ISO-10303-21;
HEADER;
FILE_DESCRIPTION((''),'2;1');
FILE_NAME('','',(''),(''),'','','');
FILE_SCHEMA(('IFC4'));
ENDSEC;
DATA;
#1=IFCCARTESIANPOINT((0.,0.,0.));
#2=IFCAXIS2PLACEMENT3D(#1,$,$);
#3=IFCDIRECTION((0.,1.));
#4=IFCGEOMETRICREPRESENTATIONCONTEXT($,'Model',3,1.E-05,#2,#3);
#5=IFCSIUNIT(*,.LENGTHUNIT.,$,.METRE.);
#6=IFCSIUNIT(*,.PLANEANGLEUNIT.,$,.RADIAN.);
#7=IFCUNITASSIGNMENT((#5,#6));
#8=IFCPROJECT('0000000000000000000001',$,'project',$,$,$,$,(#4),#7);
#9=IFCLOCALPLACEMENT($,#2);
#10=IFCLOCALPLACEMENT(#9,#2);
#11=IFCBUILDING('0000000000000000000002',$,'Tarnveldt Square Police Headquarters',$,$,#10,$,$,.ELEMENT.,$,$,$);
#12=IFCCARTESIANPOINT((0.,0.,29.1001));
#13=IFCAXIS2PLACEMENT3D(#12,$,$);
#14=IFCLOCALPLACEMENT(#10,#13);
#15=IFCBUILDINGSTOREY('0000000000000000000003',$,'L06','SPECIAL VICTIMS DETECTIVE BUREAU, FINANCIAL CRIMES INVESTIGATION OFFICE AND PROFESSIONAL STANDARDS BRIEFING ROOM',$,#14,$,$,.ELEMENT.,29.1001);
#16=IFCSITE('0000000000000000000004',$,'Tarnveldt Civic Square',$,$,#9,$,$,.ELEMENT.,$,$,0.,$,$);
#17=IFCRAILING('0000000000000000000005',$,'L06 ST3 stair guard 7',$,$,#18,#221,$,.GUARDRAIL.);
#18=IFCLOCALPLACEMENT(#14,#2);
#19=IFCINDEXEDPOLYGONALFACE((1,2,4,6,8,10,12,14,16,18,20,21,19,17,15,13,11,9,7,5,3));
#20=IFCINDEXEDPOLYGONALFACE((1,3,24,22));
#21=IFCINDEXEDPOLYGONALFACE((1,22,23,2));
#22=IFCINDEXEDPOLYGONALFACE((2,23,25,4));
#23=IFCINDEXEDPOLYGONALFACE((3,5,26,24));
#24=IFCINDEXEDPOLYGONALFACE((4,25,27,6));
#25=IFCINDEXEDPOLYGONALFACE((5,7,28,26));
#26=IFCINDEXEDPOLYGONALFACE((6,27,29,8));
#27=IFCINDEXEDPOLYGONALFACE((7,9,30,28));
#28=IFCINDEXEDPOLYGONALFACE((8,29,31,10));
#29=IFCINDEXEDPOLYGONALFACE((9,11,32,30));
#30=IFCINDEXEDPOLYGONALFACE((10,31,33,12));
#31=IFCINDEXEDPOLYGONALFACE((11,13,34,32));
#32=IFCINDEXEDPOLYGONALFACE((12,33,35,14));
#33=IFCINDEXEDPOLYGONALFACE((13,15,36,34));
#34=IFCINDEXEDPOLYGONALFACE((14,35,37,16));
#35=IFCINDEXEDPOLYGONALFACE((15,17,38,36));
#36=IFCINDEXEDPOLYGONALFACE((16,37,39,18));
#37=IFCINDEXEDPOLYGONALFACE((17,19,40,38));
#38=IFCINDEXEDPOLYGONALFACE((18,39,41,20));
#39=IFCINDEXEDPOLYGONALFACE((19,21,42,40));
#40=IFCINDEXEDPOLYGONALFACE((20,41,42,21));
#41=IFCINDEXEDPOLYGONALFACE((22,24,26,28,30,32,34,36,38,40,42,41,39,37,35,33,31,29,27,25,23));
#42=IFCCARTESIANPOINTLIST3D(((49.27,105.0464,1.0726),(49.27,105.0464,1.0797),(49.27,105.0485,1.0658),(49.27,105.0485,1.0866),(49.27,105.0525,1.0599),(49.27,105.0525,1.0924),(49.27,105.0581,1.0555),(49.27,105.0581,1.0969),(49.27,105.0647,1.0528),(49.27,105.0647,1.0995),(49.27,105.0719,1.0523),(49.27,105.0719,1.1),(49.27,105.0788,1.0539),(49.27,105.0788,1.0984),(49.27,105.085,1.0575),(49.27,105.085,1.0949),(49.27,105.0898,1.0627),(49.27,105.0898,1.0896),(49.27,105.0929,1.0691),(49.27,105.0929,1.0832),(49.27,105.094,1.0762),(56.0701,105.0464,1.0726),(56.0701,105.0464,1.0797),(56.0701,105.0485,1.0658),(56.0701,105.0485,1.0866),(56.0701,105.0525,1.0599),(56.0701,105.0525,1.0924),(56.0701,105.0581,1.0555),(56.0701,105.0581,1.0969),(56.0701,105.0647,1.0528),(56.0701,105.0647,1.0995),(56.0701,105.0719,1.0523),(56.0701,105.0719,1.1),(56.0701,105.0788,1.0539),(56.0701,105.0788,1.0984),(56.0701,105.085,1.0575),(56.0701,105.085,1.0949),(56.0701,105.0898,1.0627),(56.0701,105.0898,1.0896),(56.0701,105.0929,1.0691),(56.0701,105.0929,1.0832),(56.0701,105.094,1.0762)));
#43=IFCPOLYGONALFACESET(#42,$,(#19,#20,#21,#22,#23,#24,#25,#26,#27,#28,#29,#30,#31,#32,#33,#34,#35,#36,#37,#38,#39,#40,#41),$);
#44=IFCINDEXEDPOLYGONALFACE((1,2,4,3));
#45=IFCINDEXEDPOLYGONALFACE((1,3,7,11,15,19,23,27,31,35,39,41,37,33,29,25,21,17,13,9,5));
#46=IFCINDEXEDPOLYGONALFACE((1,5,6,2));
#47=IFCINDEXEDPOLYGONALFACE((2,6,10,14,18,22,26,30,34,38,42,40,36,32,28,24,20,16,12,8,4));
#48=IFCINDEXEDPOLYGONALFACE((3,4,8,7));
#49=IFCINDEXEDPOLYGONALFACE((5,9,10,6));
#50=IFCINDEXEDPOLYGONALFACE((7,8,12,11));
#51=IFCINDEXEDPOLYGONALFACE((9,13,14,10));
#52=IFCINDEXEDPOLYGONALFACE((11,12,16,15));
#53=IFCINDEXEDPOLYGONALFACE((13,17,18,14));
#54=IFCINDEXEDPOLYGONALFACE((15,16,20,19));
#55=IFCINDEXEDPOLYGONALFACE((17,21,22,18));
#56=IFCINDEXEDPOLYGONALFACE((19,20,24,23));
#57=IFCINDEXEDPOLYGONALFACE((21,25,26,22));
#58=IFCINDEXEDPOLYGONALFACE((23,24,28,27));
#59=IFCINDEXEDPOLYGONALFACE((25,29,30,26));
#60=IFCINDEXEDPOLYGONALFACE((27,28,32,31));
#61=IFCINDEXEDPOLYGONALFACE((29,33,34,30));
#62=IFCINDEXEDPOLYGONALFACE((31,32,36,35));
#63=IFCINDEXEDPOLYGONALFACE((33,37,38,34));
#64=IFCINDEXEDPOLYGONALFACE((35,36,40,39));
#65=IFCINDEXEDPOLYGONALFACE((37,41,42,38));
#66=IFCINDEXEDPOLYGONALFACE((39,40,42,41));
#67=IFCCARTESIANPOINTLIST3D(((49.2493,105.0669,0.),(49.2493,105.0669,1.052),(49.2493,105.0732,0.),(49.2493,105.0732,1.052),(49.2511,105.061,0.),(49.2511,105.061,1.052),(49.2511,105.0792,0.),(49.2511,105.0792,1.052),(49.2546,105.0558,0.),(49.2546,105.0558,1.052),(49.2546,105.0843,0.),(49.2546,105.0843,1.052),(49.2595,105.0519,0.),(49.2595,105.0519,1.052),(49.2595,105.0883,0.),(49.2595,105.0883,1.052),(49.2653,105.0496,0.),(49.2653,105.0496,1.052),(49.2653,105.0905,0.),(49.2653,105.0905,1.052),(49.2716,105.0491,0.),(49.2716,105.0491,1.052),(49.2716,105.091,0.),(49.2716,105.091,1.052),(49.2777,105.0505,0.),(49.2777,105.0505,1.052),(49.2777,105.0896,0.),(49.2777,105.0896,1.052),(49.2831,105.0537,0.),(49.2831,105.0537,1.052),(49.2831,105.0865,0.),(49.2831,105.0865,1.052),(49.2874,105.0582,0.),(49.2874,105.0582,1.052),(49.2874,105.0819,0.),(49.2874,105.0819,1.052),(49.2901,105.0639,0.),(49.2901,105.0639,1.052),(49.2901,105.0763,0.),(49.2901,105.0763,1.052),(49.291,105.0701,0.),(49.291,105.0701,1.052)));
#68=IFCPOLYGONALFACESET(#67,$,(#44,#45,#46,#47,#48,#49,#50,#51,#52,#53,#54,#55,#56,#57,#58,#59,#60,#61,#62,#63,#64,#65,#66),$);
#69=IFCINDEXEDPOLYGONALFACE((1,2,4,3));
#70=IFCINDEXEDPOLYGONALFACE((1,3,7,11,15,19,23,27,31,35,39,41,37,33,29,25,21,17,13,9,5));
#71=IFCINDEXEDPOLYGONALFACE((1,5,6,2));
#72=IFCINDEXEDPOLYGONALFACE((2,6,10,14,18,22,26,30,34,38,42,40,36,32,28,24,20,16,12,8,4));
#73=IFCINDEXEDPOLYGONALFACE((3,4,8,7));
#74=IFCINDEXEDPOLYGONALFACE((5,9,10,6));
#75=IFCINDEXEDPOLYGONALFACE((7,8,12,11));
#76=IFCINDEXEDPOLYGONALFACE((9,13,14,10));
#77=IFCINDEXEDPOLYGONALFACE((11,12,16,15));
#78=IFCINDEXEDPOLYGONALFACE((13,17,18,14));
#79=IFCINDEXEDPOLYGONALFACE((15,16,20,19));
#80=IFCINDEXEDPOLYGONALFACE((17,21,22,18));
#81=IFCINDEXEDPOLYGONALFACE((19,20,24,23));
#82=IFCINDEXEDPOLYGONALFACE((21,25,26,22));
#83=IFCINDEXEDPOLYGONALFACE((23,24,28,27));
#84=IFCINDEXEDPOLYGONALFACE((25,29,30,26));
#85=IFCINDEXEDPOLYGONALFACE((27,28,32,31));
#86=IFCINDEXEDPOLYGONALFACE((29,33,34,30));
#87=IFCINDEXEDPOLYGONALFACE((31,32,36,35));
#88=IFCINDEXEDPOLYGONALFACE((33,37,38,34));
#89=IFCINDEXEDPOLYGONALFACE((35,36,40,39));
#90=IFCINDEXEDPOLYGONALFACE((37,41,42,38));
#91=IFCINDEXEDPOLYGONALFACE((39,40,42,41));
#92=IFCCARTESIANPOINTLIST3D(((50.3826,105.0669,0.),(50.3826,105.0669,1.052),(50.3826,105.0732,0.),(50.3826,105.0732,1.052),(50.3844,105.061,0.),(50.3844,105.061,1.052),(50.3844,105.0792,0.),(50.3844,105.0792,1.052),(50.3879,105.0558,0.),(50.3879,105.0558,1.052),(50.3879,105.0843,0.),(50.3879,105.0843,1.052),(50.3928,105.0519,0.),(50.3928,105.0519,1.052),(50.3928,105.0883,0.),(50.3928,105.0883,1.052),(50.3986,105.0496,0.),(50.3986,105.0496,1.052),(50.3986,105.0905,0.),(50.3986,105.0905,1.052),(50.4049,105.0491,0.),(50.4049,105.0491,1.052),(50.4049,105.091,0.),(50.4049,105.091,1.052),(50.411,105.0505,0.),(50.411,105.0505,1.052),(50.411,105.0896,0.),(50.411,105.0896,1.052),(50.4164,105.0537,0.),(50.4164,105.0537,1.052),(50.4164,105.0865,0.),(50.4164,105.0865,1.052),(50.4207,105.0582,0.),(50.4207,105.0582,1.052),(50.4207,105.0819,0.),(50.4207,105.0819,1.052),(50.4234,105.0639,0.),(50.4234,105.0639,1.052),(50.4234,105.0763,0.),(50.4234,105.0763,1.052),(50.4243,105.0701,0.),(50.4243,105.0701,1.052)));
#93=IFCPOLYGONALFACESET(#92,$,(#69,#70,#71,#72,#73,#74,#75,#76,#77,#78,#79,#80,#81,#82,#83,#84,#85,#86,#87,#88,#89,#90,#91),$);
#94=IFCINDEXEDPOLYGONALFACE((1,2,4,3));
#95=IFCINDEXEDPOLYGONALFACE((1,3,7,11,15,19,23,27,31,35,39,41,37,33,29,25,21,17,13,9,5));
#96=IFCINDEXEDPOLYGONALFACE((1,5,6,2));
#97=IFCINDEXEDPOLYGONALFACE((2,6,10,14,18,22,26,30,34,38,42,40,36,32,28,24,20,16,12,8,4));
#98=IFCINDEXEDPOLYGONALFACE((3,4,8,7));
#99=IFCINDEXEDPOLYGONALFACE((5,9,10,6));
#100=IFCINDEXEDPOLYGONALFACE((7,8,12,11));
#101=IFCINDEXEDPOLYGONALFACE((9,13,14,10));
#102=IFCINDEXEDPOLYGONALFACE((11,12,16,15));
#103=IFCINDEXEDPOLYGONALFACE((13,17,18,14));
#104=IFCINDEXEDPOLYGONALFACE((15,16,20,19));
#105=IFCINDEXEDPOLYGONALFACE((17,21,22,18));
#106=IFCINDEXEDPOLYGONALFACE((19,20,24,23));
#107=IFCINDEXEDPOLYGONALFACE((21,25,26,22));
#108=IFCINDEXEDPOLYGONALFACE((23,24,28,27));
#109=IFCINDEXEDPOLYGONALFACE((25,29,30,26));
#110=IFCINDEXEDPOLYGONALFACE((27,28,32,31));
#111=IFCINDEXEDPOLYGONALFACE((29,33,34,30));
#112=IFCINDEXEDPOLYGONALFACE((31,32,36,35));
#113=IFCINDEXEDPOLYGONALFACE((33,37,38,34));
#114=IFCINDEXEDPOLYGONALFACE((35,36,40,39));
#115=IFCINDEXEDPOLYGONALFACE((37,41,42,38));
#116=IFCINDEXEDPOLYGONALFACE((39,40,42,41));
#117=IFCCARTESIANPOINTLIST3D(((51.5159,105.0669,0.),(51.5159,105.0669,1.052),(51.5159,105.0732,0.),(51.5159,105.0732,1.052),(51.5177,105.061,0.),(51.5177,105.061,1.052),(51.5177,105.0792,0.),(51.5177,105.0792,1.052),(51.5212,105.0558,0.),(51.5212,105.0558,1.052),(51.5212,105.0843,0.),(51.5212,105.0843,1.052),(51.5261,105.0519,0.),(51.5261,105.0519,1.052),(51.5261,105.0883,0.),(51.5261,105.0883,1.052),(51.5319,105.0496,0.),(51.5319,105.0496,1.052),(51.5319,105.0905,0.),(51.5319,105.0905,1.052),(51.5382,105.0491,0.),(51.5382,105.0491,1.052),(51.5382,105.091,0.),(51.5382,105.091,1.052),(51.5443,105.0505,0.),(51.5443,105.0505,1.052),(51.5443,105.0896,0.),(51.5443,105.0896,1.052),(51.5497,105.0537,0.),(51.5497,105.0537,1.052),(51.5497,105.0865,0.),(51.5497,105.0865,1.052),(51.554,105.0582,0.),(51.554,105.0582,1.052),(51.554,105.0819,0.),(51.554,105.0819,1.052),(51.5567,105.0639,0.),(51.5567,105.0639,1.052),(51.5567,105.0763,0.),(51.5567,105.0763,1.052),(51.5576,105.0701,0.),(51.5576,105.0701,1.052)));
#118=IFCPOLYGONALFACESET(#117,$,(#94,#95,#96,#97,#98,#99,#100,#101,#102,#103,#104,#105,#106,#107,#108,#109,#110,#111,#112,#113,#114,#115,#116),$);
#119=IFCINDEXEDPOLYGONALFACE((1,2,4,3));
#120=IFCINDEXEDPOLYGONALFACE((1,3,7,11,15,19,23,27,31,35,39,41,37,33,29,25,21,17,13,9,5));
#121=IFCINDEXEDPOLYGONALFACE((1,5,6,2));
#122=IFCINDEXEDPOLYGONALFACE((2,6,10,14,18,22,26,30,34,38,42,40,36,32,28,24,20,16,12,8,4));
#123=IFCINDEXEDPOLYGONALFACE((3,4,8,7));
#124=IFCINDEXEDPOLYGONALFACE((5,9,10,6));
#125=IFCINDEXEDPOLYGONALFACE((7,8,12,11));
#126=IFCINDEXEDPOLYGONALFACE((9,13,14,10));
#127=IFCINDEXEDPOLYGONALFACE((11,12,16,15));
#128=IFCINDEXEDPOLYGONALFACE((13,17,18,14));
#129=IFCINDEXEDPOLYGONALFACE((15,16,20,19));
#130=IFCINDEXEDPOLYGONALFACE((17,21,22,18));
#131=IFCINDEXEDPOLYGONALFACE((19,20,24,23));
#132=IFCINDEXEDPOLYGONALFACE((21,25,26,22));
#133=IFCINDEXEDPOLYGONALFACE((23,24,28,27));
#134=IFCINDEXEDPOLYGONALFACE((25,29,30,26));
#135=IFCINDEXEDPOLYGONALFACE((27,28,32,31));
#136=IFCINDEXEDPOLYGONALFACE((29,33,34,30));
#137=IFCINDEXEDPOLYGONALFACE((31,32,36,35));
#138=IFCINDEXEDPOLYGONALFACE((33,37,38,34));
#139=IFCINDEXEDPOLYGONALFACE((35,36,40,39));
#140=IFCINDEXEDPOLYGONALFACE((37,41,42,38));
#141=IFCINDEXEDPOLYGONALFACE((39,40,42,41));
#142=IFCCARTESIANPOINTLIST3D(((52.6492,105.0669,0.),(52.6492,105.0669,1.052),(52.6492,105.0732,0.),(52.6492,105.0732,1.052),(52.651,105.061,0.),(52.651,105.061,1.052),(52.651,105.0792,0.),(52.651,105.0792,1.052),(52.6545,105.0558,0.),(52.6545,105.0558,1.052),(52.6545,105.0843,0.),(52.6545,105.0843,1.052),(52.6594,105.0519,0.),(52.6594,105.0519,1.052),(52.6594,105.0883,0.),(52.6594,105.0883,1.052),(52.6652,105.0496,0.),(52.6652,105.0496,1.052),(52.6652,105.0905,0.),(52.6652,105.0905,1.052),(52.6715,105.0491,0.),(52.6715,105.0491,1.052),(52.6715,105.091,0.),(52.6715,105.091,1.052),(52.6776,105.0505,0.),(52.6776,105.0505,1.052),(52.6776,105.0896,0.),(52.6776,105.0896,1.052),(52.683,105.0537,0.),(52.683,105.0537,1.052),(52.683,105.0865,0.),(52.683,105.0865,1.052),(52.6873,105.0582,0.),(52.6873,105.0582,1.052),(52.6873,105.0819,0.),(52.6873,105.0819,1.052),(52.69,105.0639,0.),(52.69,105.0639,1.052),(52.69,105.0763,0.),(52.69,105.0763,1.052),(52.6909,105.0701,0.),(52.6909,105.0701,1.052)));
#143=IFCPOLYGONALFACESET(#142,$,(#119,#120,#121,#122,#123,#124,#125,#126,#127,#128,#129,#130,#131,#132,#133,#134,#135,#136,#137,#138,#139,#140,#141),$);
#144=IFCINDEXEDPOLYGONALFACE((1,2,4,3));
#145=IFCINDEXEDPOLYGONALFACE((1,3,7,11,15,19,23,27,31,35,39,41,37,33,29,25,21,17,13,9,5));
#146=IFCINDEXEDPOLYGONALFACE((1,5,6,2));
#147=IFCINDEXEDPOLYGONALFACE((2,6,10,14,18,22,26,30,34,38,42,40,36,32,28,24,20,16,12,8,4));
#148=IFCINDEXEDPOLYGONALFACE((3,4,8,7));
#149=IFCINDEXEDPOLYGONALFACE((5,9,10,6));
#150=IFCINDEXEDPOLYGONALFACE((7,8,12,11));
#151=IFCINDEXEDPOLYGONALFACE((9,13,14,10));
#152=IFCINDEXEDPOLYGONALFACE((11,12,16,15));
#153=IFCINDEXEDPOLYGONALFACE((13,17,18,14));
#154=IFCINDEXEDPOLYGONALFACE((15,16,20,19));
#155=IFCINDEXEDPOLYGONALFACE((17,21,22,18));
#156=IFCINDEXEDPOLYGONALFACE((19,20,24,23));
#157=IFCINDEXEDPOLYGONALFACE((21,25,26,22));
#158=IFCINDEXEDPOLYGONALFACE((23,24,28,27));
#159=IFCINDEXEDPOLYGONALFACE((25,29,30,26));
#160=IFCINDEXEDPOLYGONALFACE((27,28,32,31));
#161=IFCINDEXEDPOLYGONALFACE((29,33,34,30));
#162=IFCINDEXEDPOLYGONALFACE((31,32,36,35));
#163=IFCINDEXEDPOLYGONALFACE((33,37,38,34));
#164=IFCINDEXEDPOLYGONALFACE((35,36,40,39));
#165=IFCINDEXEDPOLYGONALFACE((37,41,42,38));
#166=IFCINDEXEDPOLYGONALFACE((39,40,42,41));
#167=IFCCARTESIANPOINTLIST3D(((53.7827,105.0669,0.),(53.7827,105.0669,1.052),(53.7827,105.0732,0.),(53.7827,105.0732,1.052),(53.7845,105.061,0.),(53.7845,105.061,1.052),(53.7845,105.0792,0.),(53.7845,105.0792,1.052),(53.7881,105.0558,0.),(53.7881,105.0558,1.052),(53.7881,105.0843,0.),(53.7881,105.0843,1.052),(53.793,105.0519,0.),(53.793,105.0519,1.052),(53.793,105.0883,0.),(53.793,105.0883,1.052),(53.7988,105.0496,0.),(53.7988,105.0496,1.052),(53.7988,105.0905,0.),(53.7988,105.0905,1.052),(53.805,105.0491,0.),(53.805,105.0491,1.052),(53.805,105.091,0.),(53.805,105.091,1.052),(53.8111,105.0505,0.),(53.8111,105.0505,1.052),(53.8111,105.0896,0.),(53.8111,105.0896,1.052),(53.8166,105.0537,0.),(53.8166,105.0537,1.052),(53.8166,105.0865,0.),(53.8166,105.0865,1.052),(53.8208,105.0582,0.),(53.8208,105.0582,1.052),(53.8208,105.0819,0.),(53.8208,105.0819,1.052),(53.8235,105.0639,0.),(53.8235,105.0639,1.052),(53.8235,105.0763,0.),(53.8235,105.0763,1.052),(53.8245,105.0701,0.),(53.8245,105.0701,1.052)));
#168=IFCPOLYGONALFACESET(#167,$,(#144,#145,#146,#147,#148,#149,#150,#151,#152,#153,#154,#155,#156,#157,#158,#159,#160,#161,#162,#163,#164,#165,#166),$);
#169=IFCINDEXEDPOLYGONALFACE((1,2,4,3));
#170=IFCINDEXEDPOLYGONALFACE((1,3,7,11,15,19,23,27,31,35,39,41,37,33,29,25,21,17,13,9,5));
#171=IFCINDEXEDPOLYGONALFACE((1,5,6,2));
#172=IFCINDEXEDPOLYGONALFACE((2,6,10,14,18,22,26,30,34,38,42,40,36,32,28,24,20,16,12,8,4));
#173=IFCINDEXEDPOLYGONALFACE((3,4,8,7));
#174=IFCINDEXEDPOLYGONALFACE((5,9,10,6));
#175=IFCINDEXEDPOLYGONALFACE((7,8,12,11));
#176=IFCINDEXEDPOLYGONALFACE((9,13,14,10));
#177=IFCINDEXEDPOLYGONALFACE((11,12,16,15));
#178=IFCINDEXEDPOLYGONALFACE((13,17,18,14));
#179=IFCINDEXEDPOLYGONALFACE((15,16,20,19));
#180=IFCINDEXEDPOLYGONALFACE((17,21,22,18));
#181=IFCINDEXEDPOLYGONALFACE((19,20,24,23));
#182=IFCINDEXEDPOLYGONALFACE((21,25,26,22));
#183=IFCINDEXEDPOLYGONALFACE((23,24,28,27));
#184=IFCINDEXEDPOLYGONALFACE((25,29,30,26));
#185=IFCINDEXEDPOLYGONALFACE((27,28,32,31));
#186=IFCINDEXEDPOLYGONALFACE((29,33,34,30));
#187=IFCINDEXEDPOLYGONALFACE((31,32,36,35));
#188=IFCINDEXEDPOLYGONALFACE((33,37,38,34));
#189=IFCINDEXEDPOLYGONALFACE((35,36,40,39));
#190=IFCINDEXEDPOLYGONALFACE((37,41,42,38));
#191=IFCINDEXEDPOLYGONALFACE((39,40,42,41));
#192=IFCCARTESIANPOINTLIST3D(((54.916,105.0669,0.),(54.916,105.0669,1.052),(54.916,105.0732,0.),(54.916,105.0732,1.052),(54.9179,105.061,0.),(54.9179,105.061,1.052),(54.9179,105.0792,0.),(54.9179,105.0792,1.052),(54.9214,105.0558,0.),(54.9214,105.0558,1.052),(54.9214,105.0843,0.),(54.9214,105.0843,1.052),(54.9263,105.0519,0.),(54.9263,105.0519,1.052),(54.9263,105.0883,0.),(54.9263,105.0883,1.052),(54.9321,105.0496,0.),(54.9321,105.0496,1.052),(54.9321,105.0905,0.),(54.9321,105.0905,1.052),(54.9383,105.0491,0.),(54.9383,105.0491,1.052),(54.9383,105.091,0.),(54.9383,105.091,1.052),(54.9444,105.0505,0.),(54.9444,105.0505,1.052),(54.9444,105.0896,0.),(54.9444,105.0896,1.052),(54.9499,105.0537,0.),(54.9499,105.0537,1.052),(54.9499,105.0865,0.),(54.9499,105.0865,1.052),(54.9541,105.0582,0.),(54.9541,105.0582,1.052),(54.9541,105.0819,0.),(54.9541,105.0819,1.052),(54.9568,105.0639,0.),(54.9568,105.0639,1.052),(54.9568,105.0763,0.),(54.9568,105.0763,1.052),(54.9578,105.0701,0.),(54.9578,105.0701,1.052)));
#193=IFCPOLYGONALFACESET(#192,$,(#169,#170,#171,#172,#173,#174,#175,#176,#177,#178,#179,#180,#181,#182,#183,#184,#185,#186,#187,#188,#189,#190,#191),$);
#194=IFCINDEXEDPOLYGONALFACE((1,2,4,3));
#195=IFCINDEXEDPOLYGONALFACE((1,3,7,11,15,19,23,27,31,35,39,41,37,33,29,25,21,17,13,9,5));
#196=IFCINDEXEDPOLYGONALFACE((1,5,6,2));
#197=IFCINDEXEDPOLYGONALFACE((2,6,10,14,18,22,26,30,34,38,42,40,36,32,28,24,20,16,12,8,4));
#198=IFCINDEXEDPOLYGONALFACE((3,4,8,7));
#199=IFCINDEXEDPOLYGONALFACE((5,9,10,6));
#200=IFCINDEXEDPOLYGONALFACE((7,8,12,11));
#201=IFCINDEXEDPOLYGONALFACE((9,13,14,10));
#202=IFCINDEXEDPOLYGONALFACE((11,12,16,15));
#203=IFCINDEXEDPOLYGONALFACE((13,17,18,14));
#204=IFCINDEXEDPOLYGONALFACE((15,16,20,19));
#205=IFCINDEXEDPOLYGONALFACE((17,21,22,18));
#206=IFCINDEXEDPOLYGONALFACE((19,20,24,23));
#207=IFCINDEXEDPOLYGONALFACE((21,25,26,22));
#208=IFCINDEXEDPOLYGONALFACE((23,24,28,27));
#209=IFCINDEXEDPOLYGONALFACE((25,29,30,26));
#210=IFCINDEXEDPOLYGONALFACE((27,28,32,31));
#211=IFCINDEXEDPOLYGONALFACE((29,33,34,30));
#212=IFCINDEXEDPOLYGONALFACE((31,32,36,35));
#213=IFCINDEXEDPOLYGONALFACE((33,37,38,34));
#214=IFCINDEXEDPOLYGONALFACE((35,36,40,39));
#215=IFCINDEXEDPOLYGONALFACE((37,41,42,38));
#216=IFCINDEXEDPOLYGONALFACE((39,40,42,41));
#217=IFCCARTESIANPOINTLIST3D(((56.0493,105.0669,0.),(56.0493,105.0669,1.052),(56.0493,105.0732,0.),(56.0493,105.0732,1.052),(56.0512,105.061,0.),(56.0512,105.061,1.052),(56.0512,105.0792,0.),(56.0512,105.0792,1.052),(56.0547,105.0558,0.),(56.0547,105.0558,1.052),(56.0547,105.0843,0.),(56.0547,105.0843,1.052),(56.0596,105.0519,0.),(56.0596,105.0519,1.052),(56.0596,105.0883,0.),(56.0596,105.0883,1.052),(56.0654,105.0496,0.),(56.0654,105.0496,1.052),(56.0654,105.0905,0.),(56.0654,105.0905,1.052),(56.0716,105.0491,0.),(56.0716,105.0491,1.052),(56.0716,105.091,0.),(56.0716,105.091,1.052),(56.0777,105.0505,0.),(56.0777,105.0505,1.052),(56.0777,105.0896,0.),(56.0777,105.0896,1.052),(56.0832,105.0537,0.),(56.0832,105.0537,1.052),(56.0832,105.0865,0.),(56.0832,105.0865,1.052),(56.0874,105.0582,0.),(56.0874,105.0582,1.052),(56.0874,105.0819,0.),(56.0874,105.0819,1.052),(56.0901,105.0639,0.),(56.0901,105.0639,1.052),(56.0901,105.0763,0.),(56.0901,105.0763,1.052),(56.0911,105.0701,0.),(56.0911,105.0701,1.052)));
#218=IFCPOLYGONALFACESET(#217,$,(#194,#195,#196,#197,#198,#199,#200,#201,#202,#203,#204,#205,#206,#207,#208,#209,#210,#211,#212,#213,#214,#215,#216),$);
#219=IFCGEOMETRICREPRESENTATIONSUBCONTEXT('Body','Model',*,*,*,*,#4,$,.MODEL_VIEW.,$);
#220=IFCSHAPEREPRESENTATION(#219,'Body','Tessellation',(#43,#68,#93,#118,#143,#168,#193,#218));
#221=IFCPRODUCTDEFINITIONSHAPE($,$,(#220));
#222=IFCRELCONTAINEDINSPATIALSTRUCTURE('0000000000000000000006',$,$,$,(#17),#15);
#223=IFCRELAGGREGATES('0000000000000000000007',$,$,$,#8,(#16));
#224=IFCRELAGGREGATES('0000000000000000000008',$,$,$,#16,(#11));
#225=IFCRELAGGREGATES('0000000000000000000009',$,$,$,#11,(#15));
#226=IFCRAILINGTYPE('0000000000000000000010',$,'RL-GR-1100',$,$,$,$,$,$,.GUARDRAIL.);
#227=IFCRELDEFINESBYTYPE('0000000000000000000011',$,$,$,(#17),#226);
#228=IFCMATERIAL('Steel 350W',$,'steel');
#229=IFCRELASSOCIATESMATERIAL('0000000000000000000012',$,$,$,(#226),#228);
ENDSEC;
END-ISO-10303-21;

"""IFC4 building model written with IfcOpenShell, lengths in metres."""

from ifc_helpers import new_model, si_unit, direction, frame, origin, origin_2d, place, context, subcontext, project, spatial, circle, extrude, material, type_object, element, save


model = new_model("IFC4")

# Units and contexts
model_context = context("Model", 3, precision=1e-05, world=origin(), true_north=direction((0.0, 1.0)))
body_context = subcontext(model_context, "Body", "Model", "MODEL_VIEW")
ifc_project = project(units=[si_unit("LENGTHUNIT", "METRE"), si_unit("PLANEANGLEUNIT", "RADIAN")], contexts=[model_context])

# Site, building, storey
site_placement = place(None, origin())
site = spatial("IfcSite", under=ifc_project, at=site_placement, Name="Tarnveldt Civic Square", CompositionType="ELEMENT", RefElevation=0.0)
building_placement = place(site_placement, origin())
building = spatial("IfcBuilding", under=site, at=building_placement, Name="Tarnveldt Square Police Headquarters", CompositionType="ELEMENT")
storey_placement = place(building_placement, frame((0.0, 0.0, 29.1001)))
storey = spatial("IfcBuildingStorey", under=building, at=storey_placement, Name="L06", Description="SPECIAL VICTIMS DETECTIVE BUREAU, FINANCIAL CRIMES INVESTIGATION OFFICE AND PROFESSIONAL STANDARDS BRIEFING ROOM", CompositionType="ELEMENT", Elevation=29.1001)

# Shared definitions
ifc_material_1 = material(Name="Steel 350W", Category="steel")

# Railing
railing_type_1 = type_object("IfcRailingType", Name="RL-GR-1100", PredefinedType="GUARDRAIL", material=ifc_material_1)
railing_1_placement = place(storey_placement, frame((49.27, 105.0701, 0.0)))
element("IfcRailing", 1, at=railing_1_placement, inside=storey, type_object=railing_type_1, Name="L06 ST3 stair guard 7", PredefinedType="GUARDRAIL", context=body_context, shape_type="SweptSolid", body=[
    extrude(circle(Radius=0.0239, at=origin_2d()), frame((0.0, 0.0, 1.0762), z_axis=(1.0, 0.0, 0.0), x_axis=(0.0, 1.0, 0.0)), (0.0, 0.0, 1.0), 6.8),
    extrude(circle(Radius=0.021, at=origin_2d()), origin(), (0.0, 0.0, 1.0), 1.052),
    extrude(circle(Radius=0.021, at=origin_2d()), frame((1.1333, 0.0, 0.0)), (0.0, 0.0, 1.0), 1.052),
    extrude(circle(Radius=0.021, at=origin_2d()), frame((2.2666, 0.0, 0.0)), (0.0, 0.0, 1.0), 1.052),
    extrude(circle(Radius=0.021, at=origin_2d()), frame((3.3999, 0.0, 0.0)), (0.0, 0.0, 1.0), 1.052),
    extrude(circle(Radius=0.021, at=origin_2d()), frame((4.5334, 0.0, 0.0)), (0.0, 0.0, 1.0), 1.052),
    extrude(circle(Radius=0.021, at=origin_2d()), frame((5.6667, 0.0, 0.0)), (0.0, 0.0, 1.0), 1.052),
    extrude(circle(Radius=0.021, at=origin_2d()), frame((6.8, 0.0, 0.0)), (0.0, 0.0, 1.0), 1.052),
])

save(model, "model.ifc")
